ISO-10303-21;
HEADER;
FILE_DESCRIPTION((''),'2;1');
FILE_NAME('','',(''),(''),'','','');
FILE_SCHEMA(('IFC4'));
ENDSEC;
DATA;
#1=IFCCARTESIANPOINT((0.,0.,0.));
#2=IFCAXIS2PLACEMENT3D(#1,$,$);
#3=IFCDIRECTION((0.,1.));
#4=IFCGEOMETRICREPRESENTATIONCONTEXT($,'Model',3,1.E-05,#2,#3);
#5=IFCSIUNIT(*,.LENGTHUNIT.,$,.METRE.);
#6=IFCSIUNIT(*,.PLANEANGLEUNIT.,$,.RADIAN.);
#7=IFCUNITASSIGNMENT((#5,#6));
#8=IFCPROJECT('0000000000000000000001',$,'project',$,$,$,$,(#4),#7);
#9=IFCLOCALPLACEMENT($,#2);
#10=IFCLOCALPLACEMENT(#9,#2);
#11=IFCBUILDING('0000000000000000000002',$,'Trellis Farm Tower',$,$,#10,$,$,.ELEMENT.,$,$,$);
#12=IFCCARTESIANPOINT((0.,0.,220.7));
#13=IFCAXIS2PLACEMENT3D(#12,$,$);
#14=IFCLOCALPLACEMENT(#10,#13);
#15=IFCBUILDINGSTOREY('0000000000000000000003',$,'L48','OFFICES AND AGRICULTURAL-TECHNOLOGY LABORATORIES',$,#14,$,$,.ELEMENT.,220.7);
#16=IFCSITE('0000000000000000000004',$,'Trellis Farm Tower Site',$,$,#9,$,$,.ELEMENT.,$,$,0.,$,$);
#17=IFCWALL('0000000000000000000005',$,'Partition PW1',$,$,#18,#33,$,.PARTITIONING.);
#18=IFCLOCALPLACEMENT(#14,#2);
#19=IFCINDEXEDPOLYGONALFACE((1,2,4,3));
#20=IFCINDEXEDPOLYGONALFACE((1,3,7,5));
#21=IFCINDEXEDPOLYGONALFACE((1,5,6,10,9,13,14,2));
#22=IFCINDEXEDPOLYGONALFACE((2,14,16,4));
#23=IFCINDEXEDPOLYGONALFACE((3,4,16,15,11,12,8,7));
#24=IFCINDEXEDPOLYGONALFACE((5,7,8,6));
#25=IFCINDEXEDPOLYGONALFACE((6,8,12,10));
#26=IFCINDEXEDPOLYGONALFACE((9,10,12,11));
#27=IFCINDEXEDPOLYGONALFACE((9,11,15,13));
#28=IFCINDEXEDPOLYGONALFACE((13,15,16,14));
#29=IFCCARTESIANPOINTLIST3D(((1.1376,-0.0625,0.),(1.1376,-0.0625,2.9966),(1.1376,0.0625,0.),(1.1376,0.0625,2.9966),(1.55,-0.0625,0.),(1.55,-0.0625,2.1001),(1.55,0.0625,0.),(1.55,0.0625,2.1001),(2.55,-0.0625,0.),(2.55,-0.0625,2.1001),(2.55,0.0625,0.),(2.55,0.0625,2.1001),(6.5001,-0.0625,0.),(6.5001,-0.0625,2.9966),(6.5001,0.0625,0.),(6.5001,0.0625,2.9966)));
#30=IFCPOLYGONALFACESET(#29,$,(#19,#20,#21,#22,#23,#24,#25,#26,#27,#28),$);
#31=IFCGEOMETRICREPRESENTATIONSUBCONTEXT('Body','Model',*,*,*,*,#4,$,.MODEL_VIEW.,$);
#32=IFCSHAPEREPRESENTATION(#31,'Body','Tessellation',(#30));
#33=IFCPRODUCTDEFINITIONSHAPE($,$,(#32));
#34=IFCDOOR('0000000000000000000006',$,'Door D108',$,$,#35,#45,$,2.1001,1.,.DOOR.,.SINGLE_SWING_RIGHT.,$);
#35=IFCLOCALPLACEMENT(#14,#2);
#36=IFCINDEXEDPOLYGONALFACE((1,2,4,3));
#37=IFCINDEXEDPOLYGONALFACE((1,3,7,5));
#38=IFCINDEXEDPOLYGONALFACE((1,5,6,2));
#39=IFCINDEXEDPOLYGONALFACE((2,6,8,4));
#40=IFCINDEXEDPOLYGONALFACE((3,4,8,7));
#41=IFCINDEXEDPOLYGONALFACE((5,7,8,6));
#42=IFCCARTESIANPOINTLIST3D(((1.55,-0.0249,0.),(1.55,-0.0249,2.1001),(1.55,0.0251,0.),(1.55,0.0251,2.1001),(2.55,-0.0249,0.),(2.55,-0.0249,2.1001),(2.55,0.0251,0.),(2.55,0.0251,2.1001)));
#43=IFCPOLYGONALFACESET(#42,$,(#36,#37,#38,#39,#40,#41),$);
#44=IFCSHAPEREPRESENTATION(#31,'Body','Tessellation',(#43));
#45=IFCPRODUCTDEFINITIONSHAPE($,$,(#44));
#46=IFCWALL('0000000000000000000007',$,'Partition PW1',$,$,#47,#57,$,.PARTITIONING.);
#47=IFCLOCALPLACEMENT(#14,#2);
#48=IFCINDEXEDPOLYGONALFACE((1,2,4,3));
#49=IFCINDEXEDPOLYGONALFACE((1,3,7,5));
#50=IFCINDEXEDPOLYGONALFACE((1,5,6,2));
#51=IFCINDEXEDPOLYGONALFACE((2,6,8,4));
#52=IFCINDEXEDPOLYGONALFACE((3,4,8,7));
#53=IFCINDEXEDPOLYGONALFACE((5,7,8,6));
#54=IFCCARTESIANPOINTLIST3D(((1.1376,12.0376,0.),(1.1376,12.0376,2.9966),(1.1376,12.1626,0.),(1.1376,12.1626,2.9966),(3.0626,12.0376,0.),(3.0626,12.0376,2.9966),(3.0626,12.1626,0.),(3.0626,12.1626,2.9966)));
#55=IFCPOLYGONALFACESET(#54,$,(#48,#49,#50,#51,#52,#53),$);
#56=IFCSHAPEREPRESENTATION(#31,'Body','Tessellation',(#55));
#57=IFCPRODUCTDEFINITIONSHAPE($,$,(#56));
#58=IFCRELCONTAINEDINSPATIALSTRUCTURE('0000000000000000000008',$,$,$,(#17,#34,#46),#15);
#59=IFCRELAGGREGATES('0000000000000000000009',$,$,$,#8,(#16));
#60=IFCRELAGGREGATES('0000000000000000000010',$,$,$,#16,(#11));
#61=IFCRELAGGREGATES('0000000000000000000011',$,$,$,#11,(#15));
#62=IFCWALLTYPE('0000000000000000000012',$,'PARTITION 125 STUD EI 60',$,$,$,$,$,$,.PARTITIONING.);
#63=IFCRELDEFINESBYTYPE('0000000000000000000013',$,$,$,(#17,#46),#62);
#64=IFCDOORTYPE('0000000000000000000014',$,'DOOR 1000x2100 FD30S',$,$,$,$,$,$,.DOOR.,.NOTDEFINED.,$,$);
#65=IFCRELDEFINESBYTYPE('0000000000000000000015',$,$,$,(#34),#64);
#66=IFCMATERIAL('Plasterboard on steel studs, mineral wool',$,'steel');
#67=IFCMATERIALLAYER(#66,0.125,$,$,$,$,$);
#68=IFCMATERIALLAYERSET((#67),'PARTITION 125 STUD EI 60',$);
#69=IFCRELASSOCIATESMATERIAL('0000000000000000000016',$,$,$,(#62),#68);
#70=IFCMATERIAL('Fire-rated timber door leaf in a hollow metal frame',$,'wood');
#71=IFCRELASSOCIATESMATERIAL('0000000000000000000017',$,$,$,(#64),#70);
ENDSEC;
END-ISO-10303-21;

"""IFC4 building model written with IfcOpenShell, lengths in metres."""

from ifc_helpers import new_model, si_unit, direction, frame, frame_2d, origin, place, context, subcontext, project, spatial, rectangle, extrude, source, transform, mapped, material, layer, layer_set, type_object, element, fill, save


model = new_model("IFC4")

# Units and contexts
model_context = context("Model", 3, precision=1e-05, world=origin(), true_north=direction((0.0, 1.0)))
body_context = subcontext(model_context, "Body", "Model", "MODEL_VIEW")
ifc_project = project(units=[si_unit("LENGTHUNIT", "METRE"), si_unit("PLANEANGLEUNIT", "RADIAN")], contexts=[model_context])

# Site, building, storey
site_placement = place(None, origin())
site = spatial("IfcSite", under=ifc_project, at=site_placement, Name="Trellis Farm Tower Site", CompositionType="ELEMENT", RefElevation=0.0)
building_placement = place(site_placement, origin())
building = spatial("IfcBuilding", under=site, at=building_placement, Name="Trellis Farm Tower", CompositionType="ELEMENT")
storey_placement = place(building_placement, frame((0.0, 0.0, 220.7)))
storey = spatial("IfcBuildingStorey", under=building, at=storey_placement, Name="L48", Description="OFFICES AND AGRICULTURAL-TECHNOLOGY LABORATORIES", CompositionType="ELEMENT", Elevation=220.7)

# Shared definitions
ifc_material_1 = material(Name="Plasterboard on steel studs, mineral wool", Category="steel")
ifc_layer_1 = layer(ifc_material_1, 0.125)
ifc_layer_set_1 = layer_set([ifc_layer_1], Name="PARTITION 125 STUD EI 60")
wall_type_1 = type_object("IfcWallType", Name="PARTITION 125 STUD EI 60", PredefinedType="PARTITIONING", material=ifc_layer_set_1)

# Wall, opening, door
shared_shape_1 = source(origin(), body_context, "Body", "SweptSolid", [
    extrude(rectangle(XDim=5.3625, YDim=0.125, at=frame_2d((2.6812, 0.0))), origin(), (0.0, 0.0, 1.0), 2.9966),
])
wall_1_placement = place(storey_placement, frame((6.5, 0.0, 0.0), z_axis=(0.0, 0.0, 1.0), x_axis=(-1.0, 0.0, 0.0)))
wall_1 = element("IfcWall", 1, at=wall_1_placement, inside=storey, type_object=wall_type_1, Name="Partition PW1", PredefinedType="PARTITIONING", context=body_context, shape_type="MappedRepresentation", body=[
    mapped(shared_shape_1, transform((0.0, 0.0, 0.0))),
])
shared_shape_2 = source(origin(), body_context, "Body", "SweptSolid", [
    extrude(rectangle(XDim=1.0, YDim=2.1001, at=frame_2d((0.5, 1.05))), frame((0.0, 0.0725, 0.0), z_axis=(0.0, -1.0, 0.0), x_axis=(1.0, 0.0, 0.0)), (0.0, 0.0, 1.0), 0.145),
])
opening_1_placement = place(wall_1_placement, frame((3.95, 0.0, 0.0)))
opening_1 = element("IfcOpeningElement", 2, at=opening_1_placement, cuts=wall_1, PredefinedType="OPENING", context=body_context, shape_type="MappedRepresentation", body=[
    mapped(shared_shape_2, transform((0.0, 0.0, 0.0))),
])
ifc_material_2 = material(Name="Fire-rated timber door leaf in a hollow metal frame", Category="wood")
door_type_1 = type_object("IfcDoorType", Name="DOOR 1000x2100 FD30S", OperationType="NOTDEFINED", PredefinedType="DOOR", material=ifc_material_2)
shared_shape_3 = source(origin(), body_context, "Body", "SweptSolid", [
    extrude(rectangle(XDim=1.0, YDim=2.1001, at=frame_2d((0.5, 1.05))), frame((0.0, 0.0249, 0.0), z_axis=(0.0, -1.0, 0.0), x_axis=(1.0, 0.0, 0.0)), (0.0, 0.0, 1.0), 0.05),
])
door_1_placement = place(opening_1_placement, origin())
door_1 = element("IfcDoor", 3, at=door_1_placement, inside=storey, type_object=door_type_1, Name="Door D108", OperationType="SINGLE_SWING_RIGHT", OverallHeight=2.1001, OverallWidth=1.0, PredefinedType="DOOR", context=body_context, shape_type="MappedRepresentation", body=[
    mapped(shared_shape_3, transform((0.0, 0.0, 0.0))),
])
fill(opening_1, door_1)

# Wall
shared_shape_4 = source(origin(), body_context, "Body", "SweptSolid", [
    extrude(rectangle(XDim=1.925, YDim=0.125, at=frame_2d((0.9624, 0.0))), origin(), (0.0, 0.0, 1.0), 2.9966),
])
wall_2_placement = place(storey_placement, frame((3.0625, 12.1001, 0.0), z_axis=(0.0, 0.0, 1.0), x_axis=(-1.0, 0.0, 0.0)))
element("IfcWall", 4, at=wall_2_placement, inside=storey, type_object=wall_type_1, Name="Partition PW1", PredefinedType="PARTITIONING", context=body_context, shape_type="MappedRepresentation", body=[
    mapped(shared_shape_4, transform((0.0, 0.0, 0.0))),
])

save(model, "model.ifc")
